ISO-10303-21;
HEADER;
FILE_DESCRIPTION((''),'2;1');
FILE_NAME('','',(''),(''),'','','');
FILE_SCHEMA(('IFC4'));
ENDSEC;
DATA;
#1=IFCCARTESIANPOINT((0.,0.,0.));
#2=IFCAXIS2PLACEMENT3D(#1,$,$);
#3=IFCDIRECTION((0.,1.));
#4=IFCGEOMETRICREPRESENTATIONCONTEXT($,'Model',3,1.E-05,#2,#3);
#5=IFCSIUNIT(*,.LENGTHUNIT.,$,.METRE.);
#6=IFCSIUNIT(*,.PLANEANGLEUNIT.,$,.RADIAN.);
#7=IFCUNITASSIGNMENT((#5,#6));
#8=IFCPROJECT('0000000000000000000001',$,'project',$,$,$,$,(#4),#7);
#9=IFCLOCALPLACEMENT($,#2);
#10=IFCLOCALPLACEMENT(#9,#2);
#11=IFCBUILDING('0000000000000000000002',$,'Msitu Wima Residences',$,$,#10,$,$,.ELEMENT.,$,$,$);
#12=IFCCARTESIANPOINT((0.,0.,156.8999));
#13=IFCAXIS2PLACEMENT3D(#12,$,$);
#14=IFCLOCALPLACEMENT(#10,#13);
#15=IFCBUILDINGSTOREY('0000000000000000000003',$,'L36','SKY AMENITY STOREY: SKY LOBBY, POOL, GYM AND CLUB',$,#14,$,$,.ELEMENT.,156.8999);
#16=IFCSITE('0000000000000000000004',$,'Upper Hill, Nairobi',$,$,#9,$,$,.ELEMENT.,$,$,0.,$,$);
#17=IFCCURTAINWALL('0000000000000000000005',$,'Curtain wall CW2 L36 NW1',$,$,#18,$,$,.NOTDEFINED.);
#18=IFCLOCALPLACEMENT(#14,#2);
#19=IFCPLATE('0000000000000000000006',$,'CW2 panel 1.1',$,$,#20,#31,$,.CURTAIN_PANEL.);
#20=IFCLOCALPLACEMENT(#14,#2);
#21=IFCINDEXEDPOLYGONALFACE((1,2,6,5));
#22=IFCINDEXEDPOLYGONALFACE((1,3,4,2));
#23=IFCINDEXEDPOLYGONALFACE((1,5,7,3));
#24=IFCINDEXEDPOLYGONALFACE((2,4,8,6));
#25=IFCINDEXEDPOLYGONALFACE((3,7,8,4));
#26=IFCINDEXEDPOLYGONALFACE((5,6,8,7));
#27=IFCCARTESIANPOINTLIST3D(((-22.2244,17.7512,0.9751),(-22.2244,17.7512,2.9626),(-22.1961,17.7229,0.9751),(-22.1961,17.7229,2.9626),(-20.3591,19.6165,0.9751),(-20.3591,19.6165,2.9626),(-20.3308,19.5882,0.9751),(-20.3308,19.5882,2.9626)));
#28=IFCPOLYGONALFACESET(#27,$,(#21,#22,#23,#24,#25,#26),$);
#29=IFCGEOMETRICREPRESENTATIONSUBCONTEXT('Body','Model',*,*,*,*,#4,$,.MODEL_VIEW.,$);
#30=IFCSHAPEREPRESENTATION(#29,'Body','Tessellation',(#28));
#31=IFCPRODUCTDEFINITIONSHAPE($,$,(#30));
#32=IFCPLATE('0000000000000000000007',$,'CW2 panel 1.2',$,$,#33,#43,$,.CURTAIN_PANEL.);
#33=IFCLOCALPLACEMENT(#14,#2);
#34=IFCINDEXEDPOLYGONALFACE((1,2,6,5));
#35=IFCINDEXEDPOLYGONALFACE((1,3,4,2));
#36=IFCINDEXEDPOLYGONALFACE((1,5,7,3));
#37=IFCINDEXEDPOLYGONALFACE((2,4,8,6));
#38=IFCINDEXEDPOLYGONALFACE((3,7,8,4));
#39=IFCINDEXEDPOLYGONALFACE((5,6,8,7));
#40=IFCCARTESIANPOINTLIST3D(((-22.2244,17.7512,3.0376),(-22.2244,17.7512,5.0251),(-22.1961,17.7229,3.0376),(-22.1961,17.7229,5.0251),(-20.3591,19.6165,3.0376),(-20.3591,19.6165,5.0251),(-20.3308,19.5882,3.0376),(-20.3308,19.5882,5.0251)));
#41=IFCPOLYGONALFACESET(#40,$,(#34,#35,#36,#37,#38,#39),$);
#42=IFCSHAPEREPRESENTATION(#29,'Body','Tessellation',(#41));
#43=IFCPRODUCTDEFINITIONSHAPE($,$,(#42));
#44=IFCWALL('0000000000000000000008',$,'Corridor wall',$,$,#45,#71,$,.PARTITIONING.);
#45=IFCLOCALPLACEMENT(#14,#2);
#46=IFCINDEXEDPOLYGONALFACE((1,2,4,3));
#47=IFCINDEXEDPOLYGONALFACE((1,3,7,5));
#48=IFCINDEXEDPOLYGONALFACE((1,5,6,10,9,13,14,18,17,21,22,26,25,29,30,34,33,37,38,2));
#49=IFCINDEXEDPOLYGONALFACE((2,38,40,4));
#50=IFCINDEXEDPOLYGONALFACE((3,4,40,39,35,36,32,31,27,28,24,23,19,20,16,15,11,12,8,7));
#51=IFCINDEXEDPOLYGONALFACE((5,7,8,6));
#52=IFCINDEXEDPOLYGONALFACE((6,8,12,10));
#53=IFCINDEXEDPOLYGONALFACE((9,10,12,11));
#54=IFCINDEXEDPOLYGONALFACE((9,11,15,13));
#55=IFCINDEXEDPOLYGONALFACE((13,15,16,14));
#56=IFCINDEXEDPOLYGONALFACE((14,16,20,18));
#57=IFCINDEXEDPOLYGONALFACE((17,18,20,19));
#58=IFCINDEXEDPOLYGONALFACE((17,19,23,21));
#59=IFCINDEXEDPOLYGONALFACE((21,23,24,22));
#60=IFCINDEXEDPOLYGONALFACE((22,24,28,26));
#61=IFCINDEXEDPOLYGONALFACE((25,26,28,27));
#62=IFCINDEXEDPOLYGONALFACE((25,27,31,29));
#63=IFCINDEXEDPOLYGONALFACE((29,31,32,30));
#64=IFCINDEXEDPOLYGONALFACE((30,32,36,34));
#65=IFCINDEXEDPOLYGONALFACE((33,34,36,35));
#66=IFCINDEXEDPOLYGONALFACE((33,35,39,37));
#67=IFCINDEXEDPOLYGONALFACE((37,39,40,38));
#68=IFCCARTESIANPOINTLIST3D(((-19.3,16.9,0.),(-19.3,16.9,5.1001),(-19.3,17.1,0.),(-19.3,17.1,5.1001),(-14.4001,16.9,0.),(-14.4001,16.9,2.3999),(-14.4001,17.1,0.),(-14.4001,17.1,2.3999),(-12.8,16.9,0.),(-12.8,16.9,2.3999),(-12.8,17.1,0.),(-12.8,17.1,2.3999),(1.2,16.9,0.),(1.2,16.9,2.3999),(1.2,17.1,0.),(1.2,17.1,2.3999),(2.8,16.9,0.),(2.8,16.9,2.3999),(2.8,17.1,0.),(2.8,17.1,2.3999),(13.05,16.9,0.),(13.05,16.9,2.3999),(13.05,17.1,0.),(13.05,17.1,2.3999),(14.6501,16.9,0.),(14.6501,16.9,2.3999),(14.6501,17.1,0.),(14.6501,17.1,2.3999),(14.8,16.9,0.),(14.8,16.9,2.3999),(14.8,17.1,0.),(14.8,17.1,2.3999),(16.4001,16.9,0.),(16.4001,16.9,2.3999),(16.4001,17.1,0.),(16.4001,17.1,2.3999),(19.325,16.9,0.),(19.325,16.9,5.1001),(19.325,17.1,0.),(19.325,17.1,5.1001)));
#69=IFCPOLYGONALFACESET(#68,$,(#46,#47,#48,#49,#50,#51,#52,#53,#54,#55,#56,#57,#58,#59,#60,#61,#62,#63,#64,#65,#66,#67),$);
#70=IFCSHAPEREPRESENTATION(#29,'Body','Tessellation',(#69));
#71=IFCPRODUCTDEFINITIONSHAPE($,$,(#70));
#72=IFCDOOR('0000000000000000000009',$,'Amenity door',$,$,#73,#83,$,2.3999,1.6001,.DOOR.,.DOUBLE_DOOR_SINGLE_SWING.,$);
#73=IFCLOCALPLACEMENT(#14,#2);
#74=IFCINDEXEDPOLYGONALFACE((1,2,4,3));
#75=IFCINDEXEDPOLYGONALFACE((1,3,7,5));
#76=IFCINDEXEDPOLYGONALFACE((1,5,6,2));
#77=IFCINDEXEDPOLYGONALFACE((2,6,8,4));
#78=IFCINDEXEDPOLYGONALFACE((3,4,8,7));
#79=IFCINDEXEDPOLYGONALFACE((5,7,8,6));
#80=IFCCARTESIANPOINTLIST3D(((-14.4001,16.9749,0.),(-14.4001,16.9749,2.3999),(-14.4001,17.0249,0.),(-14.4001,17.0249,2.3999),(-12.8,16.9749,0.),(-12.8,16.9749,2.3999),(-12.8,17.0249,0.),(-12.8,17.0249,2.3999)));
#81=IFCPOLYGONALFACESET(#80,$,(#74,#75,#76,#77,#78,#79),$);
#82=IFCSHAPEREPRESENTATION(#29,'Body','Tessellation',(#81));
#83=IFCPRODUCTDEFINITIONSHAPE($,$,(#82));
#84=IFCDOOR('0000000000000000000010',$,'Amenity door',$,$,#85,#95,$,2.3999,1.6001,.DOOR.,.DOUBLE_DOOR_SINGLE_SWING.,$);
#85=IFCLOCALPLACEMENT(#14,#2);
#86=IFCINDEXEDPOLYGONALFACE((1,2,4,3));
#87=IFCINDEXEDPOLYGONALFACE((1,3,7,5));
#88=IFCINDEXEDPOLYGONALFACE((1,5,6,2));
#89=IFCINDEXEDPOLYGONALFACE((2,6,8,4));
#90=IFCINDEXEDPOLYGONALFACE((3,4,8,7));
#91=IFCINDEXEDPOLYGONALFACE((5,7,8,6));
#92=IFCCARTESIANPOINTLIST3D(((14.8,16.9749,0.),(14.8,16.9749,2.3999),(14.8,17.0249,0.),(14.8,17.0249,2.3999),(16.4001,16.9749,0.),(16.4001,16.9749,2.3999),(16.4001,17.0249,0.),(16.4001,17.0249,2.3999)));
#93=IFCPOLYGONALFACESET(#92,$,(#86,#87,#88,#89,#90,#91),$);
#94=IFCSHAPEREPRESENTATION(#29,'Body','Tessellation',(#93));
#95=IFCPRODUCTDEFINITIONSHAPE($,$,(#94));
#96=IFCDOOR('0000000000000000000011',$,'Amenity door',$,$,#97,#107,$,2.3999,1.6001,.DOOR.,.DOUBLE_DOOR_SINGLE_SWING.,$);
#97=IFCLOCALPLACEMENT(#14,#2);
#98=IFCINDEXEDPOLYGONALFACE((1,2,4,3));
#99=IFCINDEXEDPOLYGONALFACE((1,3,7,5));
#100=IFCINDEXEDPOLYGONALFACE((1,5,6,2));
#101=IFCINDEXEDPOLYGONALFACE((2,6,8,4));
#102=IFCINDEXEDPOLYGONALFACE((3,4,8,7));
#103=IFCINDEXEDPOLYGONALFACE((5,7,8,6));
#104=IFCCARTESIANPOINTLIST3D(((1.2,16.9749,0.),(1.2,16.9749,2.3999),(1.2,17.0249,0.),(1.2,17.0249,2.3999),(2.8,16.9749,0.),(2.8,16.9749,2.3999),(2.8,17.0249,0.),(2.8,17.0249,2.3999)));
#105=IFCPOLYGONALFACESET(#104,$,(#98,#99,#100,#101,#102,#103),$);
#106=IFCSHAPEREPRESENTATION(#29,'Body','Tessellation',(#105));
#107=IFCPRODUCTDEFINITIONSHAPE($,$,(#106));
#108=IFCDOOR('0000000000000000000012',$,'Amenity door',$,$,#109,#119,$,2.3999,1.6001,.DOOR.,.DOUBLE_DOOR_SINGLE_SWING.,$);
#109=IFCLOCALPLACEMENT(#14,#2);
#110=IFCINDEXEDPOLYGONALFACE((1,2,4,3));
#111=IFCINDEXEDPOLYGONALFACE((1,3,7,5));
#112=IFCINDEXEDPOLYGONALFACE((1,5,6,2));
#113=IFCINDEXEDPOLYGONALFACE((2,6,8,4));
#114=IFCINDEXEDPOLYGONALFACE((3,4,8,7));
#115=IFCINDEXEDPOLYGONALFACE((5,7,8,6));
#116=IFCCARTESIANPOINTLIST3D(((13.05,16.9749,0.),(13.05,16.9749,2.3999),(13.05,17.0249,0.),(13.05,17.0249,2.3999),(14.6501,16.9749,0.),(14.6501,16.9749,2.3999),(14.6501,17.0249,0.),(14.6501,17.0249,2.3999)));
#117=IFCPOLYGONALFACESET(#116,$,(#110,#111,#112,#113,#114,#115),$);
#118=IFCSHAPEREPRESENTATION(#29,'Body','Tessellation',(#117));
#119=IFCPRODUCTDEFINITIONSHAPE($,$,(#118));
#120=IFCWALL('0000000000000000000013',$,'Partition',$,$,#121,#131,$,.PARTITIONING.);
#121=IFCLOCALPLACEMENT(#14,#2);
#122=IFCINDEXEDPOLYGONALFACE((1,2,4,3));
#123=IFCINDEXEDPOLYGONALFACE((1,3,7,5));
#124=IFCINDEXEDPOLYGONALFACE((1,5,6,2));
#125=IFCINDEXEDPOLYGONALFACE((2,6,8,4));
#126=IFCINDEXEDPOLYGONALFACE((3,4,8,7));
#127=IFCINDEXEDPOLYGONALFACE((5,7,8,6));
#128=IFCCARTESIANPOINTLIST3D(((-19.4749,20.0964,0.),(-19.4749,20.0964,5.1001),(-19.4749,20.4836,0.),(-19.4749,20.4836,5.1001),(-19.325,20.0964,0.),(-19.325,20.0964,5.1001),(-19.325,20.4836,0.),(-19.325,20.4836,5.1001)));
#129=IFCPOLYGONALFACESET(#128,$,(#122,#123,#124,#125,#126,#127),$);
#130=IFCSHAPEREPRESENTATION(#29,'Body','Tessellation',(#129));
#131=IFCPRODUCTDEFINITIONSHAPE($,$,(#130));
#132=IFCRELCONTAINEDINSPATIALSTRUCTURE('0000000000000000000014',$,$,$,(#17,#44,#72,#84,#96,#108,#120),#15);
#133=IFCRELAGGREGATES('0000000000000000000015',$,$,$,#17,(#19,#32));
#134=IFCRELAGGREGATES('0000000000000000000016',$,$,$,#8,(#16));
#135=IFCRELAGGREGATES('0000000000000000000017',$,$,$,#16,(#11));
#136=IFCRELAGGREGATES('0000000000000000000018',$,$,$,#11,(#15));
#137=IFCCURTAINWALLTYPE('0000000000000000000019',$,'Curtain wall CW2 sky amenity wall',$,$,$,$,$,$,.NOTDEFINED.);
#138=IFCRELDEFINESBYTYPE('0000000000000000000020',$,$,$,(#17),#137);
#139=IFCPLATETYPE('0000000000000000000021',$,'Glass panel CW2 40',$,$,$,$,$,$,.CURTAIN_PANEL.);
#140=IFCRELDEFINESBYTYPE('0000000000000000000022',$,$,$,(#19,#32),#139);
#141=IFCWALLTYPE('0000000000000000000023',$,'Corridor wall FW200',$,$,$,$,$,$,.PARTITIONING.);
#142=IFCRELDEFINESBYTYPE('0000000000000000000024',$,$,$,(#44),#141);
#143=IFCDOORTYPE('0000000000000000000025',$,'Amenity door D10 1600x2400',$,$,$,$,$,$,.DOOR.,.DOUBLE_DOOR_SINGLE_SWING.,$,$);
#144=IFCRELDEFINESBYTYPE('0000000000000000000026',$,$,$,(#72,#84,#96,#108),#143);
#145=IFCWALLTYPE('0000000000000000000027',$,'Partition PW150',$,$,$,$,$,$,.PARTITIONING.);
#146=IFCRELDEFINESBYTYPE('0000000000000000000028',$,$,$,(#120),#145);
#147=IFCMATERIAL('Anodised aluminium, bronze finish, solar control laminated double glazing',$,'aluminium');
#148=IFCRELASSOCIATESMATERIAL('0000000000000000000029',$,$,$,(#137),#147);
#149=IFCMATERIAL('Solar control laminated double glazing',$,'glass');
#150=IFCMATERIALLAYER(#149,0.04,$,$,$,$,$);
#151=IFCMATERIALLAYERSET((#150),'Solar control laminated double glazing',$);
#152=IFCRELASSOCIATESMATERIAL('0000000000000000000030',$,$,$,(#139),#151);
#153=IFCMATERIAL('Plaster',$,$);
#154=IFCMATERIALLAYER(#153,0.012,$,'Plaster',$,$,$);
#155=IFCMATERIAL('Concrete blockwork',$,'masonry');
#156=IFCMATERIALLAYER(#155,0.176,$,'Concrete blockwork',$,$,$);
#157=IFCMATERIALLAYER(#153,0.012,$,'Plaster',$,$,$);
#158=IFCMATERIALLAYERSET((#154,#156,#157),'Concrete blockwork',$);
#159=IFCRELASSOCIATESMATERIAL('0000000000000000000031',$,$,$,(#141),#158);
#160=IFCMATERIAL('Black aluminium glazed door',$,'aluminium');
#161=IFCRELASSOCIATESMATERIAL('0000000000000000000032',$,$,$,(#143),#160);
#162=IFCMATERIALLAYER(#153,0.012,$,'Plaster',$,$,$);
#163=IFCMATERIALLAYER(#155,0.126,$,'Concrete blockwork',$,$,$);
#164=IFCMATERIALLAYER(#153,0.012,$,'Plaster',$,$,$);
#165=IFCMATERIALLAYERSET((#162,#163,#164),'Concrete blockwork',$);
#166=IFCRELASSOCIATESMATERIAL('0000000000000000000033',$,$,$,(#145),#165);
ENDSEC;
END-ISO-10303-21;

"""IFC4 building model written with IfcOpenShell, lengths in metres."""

from ifc_helpers import new_model, si_unit, direction, frame, frame_2d, origin, origin_2d, place, context, subcontext, project, spatial, rectangle, extrude, material, layer, layer_set, type_object, element, fill, aggregate, save


model = new_model("IFC4")

# Units and contexts
model_context = context("Model", 3, precision=1e-05, world=origin(), true_north=direction((0.0, 1.0)))
body_context = subcontext(model_context, "Body", "Model", "MODEL_VIEW")
ifc_project = project(units=[si_unit("LENGTHUNIT", "METRE"), si_unit("PLANEANGLEUNIT", "RADIAN")], contexts=[model_context])

# Site, building, storey
site_placement = place(None, origin())
site = spatial("IfcSite", under=ifc_project, at=site_placement, Name="Upper Hill, Nairobi", CompositionType="ELEMENT", RefElevation=0.0)
building_placement = place(site_placement, origin())
building = spatial("IfcBuilding", under=site, at=building_placement, Name="Msitu Wima Residences", CompositionType="ELEMENT")
storey_placement = place(building_placement, frame((0.0, 0.0, 156.8999)))
storey = spatial("IfcBuildingStorey", under=building, at=storey_placement, Name="L36", Description="SKY AMENITY STOREY: SKY LOBBY, POOL, GYM AND CLUB", CompositionType="ELEMENT", Elevation=156.8999)

# Shared definitions
ifc_material_1 = material(Name="Anodised aluminium, bronze finish, solar control laminated double glazing", Category="aluminium")
curtain_wall_type = type_object("IfcCurtainWallType", Name="Curtain wall CW2 sky amenity wall", PredefinedType="NOTDEFINED", material=ifc_material_1)

# Curtain wall
curtain_wall_1_placement = place(storey_placement, origin())
curtain_wall_1 = element("IfcCurtainWall", 1, at=curtain_wall_1_placement, inside=storey, type_object=curtain_wall_type, Name="Curtain wall CW2 L36 NW1", PredefinedType="NOTDEFINED")

# Plates
ifc_material_2 = material(Name="Solar control laminated double glazing", Category="glass")
ifc_layer_1 = layer(ifc_material_2, 0.04)
ifc_layer_set_1 = layer_set([ifc_layer_1], Name="Solar control laminated double glazing")
plate_type = type_object("IfcPlateType", Name="Glass panel CW2 40", PredefinedType="CURTAIN_PANEL", material=ifc_layer_set_1)
plate_1_placement = place(storey_placement, frame((-21.2776, 18.6697, 0.9751), z_axis=(0.0, 0.0, 1.0), x_axis=(-0.707107, -0.707107, 0.0)))
plate_1 = element("IfcPlate", 2, at=plate_1_placement, type_object=plate_type, Name="CW2 panel 1.1", PredefinedType="CURTAIN_PANEL", context=body_context, shape_type="SweptSolid", body=[
    extrude(rectangle(XDim=2.6379, YDim=0.04, at=origin_2d()), origin(), (0.0, 0.0, 1.0), 1.9875),
])
plate_2_placement = place(storey_placement, frame((-21.2776, 18.6697, 3.0376), z_axis=(0.0, 0.0, 1.0), x_axis=(-0.707107, -0.707107, 0.0)))
plate_2 = element("IfcPlate", 3, at=plate_2_placement, type_object=plate_type, Name="CW2 panel 1.2", PredefinedType="CURTAIN_PANEL", context=body_context, shape_type="SweptSolid", body=[
    extrude(rectangle(XDim=2.6379, YDim=0.04, at=origin_2d()), origin(), (0.0, 0.0, 1.0), 1.9875),
])
aggregate(curtain_wall_1, [plate_1, plate_2])

# Wall, openings, doors
ifc_material_3 = material(Name="Plaster")
ifc_layer_2 = layer(ifc_material_3, 0.012, Name="Plaster")
ifc_material_4 = material(Name="Concrete blockwork", Category="masonry")
ifc_layer_3 = layer(ifc_material_4, 0.176, Name="Concrete blockwork")
ifc_layer_4 = layer(ifc_material_3, 0.012, Name="Plaster")
ifc_layer_set_2 = layer_set([ifc_layer_2, ifc_layer_3, ifc_layer_4], Name="Concrete blockwork")
wall_type_1 = type_object("IfcWallType", Name="Corridor wall FW200", PredefinedType="PARTITIONING", material=ifc_layer_set_2)
wall_1_placement = place(storey_placement, frame((-19.3, 17.0, 0.0), z_axis=(0.0, 0.0, 1.0), x_axis=(1.0, 0.0, 0.0)))
wall_1 = element("IfcWall", 4, at=wall_1_placement, inside=storey, type_object=wall_type_1, Name="Corridor wall", PredefinedType="PARTITIONING", context=body_context, shape_type="SweptSolid", body=[
    extrude(rectangle(XDim=38.625, YDim=0.2, at=frame_2d((19.3125, 0.0))), origin(), (0.0, 0.0, 1.0), 5.1001),
])
opening_1_placement = place(wall_1_placement, frame((4.8999, 0.0, 0.0)))
opening_1 = element("IfcOpeningElement", 5, at=opening_1_placement, cuts=wall_1, PredefinedType="OPENING", context=body_context, shape_type="SweptSolid", body=[
    extrude(rectangle(XDim=1.6001, YDim=2.3999, at=frame_2d((0.8, 1.2))), frame((0.0, 0.1099, 0.0), z_axis=(0.0, -1.0, 0.0), x_axis=(1.0, 0.0, 0.0)), (0.0, 0.0, 1.0), 0.22),
])
opening_2_placement = place(wall_1_placement, frame((34.1001, 0.0, 0.0)))
opening_2 = element("IfcOpeningElement", 6, at=opening_2_placement, cuts=wall_1, PredefinedType="OPENING", context=body_context, shape_type="SweptSolid", body=[
    extrude(rectangle(XDim=1.6001, YDim=2.3999, at=frame_2d((0.8, 1.2))), frame((0.0, 0.1099, 0.0), z_axis=(0.0, -1.0, 0.0), x_axis=(1.0, 0.0, 0.0)), (0.0, 0.0, 1.0), 0.22),
])
opening_3_placement = place(wall_1_placement, frame((20.5, 0.0, 0.0)))
opening_3 = element("IfcOpeningElement", 7, at=opening_3_placement, cuts=wall_1, PredefinedType="OPENING", context=body_context, shape_type="SweptSolid", body=[
    extrude(rectangle(XDim=1.6001, YDim=2.3999, at=frame_2d((0.8, 1.2))), frame((0.0, 0.1099, 0.0), z_axis=(0.0, -1.0, 0.0), x_axis=(1.0, 0.0, 0.0)), (0.0, 0.0, 1.0), 0.22),
])
opening_4_placement = place(wall_1_placement, frame((32.3501, 0.0, 0.0)))
opening_4 = element("IfcOpeningElement", 8, at=opening_4_placement, cuts=wall_1, PredefinedType="OPENING", context=body_context, shape_type="SweptSolid", body=[
    extrude(rectangle(XDim=1.6001, YDim=2.3999, at=frame_2d((0.8, 1.2))), frame((0.0, 0.1099, 0.0), z_axis=(0.0, -1.0, 0.0), x_axis=(1.0, 0.0, 0.0)), (0.0, 0.0, 1.0), 0.22),
])
ifc_material_5 = material(Name="Black aluminium glazed door", Category="aluminium")
door_type = type_object("IfcDoorType", Name="Amenity door D10 1600x2400", OperationType="DOUBLE_DOOR_SINGLE_SWING", PredefinedType="DOOR", material=ifc_material_5)
door_1_placement = place(opening_1_placement, origin())
door_1 = element("IfcDoor", 9, at=door_1_placement, inside=storey, type_object=door_type, Name="Amenity door", OperationType="DOUBLE_DOOR_SINGLE_SWING", OverallHeight=2.3999, OverallWidth=1.6001, PredefinedType="DOOR", context=body_context, shape_type="SweptSolid", body=[
    extrude(rectangle(XDim=1.6001, YDim=2.3999, at=frame_2d((0.8, 1.2))), frame((0.0, 0.0249, 0.0), z_axis=(0.0, -1.0, 0.0), x_axis=(1.0, 0.0, 0.0)), (0.0, 0.0, 1.0), 0.05),
])
fill(opening_1, door_1)
door_2_placement = place(opening_2_placement, origin())
door_2 = element("IfcDoor", 10, at=door_2_placement, inside=storey, type_object=door_type, Name="Amenity door", OperationType="DOUBLE_DOOR_SINGLE_SWING", OverallHeight=2.3999, OverallWidth=1.6001, PredefinedType="DOOR", context=body_context, shape_type="SweptSolid", body=[
    extrude(rectangle(XDim=1.6001, YDim=2.3999, at=frame_2d((0.8, 1.2))), frame((0.0, 0.0249, 0.0), z_axis=(0.0, -1.0, 0.0), x_axis=(1.0, 0.0, 0.0)), (0.0, 0.0, 1.0), 0.05),
])
fill(opening_2, door_2)
door_3_placement = place(opening_3_placement, origin())
door_3 = element("IfcDoor", 11, at=door_3_placement, inside=storey, type_object=door_type, Name="Amenity door", OperationType="DOUBLE_DOOR_SINGLE_SWING", OverallHeight=2.3999, OverallWidth=1.6001, PredefinedType="DOOR", context=body_context, shape_type="SweptSolid", body=[
    extrude(rectangle(XDim=1.6001, YDim=2.3999, at=frame_2d((0.8, 1.2))), frame((0.0, 0.0249, 0.0), z_axis=(0.0, -1.0, 0.0), x_axis=(1.0, 0.0, 0.0)), (0.0, 0.0, 1.0), 0.05),
])
fill(opening_3, door_3)
door_4_placement = place(opening_4_placement, origin())
door_4 = element("IfcDoor", 12, at=door_4_placement, inside=storey, type_object=door_type, Name="Amenity door", OperationType="DOUBLE_DOOR_SINGLE_SWING", OverallHeight=2.3999, OverallWidth=1.6001, PredefinedType="DOOR", context=body_context, shape_type="SweptSolid", body=[
    extrude(rectangle(XDim=1.6001, YDim=2.3999, at=frame_2d((0.8, 1.2))), frame((0.0, 0.0249, 0.0), z_axis=(0.0, -1.0, 0.0), x_axis=(1.0, 0.0, 0.0)), (0.0, 0.0, 1.0), 0.05),
])
fill(opening_4, door_4)

# Wall
ifc_layer_5 = layer(ifc_material_3, 0.012, Name="Plaster")
ifc_layer_6 = layer(ifc_material_4, 0.126, Name="Concrete blockwork")
ifc_layer_7 = layer(ifc_material_3, 0.012, Name="Plaster")
ifc_layer_set_3 = layer_set([ifc_layer_5, ifc_layer_6, ifc_layer_7], Name="Concrete blockwork")
wall_type_2 = type_object("IfcWallType", Name="Partition PW150", PredefinedType="PARTITIONING", material=ifc_layer_set_3)
wall_2_placement = place(storey_placement, frame((-19.3999, 20.0964, 0.0), z_axis=(0.0, 0.0, 1.0), x_axis=(0.0, 1.0, 0.0)))
element("IfcWall", 13, at=wall_2_placement, inside=storey, type_object=wall_type_2, Name="Partition", PredefinedType="PARTITIONING", context=body_context, shape_type="SweptSolid", body=[
    extrude(rectangle(XDim=0.3872, YDim=0.1499, at=frame_2d((0.1936, 0.0))), origin(), (0.0, 0.0, 1.0), 5.1001),
])

save(model, "model.ifc")
